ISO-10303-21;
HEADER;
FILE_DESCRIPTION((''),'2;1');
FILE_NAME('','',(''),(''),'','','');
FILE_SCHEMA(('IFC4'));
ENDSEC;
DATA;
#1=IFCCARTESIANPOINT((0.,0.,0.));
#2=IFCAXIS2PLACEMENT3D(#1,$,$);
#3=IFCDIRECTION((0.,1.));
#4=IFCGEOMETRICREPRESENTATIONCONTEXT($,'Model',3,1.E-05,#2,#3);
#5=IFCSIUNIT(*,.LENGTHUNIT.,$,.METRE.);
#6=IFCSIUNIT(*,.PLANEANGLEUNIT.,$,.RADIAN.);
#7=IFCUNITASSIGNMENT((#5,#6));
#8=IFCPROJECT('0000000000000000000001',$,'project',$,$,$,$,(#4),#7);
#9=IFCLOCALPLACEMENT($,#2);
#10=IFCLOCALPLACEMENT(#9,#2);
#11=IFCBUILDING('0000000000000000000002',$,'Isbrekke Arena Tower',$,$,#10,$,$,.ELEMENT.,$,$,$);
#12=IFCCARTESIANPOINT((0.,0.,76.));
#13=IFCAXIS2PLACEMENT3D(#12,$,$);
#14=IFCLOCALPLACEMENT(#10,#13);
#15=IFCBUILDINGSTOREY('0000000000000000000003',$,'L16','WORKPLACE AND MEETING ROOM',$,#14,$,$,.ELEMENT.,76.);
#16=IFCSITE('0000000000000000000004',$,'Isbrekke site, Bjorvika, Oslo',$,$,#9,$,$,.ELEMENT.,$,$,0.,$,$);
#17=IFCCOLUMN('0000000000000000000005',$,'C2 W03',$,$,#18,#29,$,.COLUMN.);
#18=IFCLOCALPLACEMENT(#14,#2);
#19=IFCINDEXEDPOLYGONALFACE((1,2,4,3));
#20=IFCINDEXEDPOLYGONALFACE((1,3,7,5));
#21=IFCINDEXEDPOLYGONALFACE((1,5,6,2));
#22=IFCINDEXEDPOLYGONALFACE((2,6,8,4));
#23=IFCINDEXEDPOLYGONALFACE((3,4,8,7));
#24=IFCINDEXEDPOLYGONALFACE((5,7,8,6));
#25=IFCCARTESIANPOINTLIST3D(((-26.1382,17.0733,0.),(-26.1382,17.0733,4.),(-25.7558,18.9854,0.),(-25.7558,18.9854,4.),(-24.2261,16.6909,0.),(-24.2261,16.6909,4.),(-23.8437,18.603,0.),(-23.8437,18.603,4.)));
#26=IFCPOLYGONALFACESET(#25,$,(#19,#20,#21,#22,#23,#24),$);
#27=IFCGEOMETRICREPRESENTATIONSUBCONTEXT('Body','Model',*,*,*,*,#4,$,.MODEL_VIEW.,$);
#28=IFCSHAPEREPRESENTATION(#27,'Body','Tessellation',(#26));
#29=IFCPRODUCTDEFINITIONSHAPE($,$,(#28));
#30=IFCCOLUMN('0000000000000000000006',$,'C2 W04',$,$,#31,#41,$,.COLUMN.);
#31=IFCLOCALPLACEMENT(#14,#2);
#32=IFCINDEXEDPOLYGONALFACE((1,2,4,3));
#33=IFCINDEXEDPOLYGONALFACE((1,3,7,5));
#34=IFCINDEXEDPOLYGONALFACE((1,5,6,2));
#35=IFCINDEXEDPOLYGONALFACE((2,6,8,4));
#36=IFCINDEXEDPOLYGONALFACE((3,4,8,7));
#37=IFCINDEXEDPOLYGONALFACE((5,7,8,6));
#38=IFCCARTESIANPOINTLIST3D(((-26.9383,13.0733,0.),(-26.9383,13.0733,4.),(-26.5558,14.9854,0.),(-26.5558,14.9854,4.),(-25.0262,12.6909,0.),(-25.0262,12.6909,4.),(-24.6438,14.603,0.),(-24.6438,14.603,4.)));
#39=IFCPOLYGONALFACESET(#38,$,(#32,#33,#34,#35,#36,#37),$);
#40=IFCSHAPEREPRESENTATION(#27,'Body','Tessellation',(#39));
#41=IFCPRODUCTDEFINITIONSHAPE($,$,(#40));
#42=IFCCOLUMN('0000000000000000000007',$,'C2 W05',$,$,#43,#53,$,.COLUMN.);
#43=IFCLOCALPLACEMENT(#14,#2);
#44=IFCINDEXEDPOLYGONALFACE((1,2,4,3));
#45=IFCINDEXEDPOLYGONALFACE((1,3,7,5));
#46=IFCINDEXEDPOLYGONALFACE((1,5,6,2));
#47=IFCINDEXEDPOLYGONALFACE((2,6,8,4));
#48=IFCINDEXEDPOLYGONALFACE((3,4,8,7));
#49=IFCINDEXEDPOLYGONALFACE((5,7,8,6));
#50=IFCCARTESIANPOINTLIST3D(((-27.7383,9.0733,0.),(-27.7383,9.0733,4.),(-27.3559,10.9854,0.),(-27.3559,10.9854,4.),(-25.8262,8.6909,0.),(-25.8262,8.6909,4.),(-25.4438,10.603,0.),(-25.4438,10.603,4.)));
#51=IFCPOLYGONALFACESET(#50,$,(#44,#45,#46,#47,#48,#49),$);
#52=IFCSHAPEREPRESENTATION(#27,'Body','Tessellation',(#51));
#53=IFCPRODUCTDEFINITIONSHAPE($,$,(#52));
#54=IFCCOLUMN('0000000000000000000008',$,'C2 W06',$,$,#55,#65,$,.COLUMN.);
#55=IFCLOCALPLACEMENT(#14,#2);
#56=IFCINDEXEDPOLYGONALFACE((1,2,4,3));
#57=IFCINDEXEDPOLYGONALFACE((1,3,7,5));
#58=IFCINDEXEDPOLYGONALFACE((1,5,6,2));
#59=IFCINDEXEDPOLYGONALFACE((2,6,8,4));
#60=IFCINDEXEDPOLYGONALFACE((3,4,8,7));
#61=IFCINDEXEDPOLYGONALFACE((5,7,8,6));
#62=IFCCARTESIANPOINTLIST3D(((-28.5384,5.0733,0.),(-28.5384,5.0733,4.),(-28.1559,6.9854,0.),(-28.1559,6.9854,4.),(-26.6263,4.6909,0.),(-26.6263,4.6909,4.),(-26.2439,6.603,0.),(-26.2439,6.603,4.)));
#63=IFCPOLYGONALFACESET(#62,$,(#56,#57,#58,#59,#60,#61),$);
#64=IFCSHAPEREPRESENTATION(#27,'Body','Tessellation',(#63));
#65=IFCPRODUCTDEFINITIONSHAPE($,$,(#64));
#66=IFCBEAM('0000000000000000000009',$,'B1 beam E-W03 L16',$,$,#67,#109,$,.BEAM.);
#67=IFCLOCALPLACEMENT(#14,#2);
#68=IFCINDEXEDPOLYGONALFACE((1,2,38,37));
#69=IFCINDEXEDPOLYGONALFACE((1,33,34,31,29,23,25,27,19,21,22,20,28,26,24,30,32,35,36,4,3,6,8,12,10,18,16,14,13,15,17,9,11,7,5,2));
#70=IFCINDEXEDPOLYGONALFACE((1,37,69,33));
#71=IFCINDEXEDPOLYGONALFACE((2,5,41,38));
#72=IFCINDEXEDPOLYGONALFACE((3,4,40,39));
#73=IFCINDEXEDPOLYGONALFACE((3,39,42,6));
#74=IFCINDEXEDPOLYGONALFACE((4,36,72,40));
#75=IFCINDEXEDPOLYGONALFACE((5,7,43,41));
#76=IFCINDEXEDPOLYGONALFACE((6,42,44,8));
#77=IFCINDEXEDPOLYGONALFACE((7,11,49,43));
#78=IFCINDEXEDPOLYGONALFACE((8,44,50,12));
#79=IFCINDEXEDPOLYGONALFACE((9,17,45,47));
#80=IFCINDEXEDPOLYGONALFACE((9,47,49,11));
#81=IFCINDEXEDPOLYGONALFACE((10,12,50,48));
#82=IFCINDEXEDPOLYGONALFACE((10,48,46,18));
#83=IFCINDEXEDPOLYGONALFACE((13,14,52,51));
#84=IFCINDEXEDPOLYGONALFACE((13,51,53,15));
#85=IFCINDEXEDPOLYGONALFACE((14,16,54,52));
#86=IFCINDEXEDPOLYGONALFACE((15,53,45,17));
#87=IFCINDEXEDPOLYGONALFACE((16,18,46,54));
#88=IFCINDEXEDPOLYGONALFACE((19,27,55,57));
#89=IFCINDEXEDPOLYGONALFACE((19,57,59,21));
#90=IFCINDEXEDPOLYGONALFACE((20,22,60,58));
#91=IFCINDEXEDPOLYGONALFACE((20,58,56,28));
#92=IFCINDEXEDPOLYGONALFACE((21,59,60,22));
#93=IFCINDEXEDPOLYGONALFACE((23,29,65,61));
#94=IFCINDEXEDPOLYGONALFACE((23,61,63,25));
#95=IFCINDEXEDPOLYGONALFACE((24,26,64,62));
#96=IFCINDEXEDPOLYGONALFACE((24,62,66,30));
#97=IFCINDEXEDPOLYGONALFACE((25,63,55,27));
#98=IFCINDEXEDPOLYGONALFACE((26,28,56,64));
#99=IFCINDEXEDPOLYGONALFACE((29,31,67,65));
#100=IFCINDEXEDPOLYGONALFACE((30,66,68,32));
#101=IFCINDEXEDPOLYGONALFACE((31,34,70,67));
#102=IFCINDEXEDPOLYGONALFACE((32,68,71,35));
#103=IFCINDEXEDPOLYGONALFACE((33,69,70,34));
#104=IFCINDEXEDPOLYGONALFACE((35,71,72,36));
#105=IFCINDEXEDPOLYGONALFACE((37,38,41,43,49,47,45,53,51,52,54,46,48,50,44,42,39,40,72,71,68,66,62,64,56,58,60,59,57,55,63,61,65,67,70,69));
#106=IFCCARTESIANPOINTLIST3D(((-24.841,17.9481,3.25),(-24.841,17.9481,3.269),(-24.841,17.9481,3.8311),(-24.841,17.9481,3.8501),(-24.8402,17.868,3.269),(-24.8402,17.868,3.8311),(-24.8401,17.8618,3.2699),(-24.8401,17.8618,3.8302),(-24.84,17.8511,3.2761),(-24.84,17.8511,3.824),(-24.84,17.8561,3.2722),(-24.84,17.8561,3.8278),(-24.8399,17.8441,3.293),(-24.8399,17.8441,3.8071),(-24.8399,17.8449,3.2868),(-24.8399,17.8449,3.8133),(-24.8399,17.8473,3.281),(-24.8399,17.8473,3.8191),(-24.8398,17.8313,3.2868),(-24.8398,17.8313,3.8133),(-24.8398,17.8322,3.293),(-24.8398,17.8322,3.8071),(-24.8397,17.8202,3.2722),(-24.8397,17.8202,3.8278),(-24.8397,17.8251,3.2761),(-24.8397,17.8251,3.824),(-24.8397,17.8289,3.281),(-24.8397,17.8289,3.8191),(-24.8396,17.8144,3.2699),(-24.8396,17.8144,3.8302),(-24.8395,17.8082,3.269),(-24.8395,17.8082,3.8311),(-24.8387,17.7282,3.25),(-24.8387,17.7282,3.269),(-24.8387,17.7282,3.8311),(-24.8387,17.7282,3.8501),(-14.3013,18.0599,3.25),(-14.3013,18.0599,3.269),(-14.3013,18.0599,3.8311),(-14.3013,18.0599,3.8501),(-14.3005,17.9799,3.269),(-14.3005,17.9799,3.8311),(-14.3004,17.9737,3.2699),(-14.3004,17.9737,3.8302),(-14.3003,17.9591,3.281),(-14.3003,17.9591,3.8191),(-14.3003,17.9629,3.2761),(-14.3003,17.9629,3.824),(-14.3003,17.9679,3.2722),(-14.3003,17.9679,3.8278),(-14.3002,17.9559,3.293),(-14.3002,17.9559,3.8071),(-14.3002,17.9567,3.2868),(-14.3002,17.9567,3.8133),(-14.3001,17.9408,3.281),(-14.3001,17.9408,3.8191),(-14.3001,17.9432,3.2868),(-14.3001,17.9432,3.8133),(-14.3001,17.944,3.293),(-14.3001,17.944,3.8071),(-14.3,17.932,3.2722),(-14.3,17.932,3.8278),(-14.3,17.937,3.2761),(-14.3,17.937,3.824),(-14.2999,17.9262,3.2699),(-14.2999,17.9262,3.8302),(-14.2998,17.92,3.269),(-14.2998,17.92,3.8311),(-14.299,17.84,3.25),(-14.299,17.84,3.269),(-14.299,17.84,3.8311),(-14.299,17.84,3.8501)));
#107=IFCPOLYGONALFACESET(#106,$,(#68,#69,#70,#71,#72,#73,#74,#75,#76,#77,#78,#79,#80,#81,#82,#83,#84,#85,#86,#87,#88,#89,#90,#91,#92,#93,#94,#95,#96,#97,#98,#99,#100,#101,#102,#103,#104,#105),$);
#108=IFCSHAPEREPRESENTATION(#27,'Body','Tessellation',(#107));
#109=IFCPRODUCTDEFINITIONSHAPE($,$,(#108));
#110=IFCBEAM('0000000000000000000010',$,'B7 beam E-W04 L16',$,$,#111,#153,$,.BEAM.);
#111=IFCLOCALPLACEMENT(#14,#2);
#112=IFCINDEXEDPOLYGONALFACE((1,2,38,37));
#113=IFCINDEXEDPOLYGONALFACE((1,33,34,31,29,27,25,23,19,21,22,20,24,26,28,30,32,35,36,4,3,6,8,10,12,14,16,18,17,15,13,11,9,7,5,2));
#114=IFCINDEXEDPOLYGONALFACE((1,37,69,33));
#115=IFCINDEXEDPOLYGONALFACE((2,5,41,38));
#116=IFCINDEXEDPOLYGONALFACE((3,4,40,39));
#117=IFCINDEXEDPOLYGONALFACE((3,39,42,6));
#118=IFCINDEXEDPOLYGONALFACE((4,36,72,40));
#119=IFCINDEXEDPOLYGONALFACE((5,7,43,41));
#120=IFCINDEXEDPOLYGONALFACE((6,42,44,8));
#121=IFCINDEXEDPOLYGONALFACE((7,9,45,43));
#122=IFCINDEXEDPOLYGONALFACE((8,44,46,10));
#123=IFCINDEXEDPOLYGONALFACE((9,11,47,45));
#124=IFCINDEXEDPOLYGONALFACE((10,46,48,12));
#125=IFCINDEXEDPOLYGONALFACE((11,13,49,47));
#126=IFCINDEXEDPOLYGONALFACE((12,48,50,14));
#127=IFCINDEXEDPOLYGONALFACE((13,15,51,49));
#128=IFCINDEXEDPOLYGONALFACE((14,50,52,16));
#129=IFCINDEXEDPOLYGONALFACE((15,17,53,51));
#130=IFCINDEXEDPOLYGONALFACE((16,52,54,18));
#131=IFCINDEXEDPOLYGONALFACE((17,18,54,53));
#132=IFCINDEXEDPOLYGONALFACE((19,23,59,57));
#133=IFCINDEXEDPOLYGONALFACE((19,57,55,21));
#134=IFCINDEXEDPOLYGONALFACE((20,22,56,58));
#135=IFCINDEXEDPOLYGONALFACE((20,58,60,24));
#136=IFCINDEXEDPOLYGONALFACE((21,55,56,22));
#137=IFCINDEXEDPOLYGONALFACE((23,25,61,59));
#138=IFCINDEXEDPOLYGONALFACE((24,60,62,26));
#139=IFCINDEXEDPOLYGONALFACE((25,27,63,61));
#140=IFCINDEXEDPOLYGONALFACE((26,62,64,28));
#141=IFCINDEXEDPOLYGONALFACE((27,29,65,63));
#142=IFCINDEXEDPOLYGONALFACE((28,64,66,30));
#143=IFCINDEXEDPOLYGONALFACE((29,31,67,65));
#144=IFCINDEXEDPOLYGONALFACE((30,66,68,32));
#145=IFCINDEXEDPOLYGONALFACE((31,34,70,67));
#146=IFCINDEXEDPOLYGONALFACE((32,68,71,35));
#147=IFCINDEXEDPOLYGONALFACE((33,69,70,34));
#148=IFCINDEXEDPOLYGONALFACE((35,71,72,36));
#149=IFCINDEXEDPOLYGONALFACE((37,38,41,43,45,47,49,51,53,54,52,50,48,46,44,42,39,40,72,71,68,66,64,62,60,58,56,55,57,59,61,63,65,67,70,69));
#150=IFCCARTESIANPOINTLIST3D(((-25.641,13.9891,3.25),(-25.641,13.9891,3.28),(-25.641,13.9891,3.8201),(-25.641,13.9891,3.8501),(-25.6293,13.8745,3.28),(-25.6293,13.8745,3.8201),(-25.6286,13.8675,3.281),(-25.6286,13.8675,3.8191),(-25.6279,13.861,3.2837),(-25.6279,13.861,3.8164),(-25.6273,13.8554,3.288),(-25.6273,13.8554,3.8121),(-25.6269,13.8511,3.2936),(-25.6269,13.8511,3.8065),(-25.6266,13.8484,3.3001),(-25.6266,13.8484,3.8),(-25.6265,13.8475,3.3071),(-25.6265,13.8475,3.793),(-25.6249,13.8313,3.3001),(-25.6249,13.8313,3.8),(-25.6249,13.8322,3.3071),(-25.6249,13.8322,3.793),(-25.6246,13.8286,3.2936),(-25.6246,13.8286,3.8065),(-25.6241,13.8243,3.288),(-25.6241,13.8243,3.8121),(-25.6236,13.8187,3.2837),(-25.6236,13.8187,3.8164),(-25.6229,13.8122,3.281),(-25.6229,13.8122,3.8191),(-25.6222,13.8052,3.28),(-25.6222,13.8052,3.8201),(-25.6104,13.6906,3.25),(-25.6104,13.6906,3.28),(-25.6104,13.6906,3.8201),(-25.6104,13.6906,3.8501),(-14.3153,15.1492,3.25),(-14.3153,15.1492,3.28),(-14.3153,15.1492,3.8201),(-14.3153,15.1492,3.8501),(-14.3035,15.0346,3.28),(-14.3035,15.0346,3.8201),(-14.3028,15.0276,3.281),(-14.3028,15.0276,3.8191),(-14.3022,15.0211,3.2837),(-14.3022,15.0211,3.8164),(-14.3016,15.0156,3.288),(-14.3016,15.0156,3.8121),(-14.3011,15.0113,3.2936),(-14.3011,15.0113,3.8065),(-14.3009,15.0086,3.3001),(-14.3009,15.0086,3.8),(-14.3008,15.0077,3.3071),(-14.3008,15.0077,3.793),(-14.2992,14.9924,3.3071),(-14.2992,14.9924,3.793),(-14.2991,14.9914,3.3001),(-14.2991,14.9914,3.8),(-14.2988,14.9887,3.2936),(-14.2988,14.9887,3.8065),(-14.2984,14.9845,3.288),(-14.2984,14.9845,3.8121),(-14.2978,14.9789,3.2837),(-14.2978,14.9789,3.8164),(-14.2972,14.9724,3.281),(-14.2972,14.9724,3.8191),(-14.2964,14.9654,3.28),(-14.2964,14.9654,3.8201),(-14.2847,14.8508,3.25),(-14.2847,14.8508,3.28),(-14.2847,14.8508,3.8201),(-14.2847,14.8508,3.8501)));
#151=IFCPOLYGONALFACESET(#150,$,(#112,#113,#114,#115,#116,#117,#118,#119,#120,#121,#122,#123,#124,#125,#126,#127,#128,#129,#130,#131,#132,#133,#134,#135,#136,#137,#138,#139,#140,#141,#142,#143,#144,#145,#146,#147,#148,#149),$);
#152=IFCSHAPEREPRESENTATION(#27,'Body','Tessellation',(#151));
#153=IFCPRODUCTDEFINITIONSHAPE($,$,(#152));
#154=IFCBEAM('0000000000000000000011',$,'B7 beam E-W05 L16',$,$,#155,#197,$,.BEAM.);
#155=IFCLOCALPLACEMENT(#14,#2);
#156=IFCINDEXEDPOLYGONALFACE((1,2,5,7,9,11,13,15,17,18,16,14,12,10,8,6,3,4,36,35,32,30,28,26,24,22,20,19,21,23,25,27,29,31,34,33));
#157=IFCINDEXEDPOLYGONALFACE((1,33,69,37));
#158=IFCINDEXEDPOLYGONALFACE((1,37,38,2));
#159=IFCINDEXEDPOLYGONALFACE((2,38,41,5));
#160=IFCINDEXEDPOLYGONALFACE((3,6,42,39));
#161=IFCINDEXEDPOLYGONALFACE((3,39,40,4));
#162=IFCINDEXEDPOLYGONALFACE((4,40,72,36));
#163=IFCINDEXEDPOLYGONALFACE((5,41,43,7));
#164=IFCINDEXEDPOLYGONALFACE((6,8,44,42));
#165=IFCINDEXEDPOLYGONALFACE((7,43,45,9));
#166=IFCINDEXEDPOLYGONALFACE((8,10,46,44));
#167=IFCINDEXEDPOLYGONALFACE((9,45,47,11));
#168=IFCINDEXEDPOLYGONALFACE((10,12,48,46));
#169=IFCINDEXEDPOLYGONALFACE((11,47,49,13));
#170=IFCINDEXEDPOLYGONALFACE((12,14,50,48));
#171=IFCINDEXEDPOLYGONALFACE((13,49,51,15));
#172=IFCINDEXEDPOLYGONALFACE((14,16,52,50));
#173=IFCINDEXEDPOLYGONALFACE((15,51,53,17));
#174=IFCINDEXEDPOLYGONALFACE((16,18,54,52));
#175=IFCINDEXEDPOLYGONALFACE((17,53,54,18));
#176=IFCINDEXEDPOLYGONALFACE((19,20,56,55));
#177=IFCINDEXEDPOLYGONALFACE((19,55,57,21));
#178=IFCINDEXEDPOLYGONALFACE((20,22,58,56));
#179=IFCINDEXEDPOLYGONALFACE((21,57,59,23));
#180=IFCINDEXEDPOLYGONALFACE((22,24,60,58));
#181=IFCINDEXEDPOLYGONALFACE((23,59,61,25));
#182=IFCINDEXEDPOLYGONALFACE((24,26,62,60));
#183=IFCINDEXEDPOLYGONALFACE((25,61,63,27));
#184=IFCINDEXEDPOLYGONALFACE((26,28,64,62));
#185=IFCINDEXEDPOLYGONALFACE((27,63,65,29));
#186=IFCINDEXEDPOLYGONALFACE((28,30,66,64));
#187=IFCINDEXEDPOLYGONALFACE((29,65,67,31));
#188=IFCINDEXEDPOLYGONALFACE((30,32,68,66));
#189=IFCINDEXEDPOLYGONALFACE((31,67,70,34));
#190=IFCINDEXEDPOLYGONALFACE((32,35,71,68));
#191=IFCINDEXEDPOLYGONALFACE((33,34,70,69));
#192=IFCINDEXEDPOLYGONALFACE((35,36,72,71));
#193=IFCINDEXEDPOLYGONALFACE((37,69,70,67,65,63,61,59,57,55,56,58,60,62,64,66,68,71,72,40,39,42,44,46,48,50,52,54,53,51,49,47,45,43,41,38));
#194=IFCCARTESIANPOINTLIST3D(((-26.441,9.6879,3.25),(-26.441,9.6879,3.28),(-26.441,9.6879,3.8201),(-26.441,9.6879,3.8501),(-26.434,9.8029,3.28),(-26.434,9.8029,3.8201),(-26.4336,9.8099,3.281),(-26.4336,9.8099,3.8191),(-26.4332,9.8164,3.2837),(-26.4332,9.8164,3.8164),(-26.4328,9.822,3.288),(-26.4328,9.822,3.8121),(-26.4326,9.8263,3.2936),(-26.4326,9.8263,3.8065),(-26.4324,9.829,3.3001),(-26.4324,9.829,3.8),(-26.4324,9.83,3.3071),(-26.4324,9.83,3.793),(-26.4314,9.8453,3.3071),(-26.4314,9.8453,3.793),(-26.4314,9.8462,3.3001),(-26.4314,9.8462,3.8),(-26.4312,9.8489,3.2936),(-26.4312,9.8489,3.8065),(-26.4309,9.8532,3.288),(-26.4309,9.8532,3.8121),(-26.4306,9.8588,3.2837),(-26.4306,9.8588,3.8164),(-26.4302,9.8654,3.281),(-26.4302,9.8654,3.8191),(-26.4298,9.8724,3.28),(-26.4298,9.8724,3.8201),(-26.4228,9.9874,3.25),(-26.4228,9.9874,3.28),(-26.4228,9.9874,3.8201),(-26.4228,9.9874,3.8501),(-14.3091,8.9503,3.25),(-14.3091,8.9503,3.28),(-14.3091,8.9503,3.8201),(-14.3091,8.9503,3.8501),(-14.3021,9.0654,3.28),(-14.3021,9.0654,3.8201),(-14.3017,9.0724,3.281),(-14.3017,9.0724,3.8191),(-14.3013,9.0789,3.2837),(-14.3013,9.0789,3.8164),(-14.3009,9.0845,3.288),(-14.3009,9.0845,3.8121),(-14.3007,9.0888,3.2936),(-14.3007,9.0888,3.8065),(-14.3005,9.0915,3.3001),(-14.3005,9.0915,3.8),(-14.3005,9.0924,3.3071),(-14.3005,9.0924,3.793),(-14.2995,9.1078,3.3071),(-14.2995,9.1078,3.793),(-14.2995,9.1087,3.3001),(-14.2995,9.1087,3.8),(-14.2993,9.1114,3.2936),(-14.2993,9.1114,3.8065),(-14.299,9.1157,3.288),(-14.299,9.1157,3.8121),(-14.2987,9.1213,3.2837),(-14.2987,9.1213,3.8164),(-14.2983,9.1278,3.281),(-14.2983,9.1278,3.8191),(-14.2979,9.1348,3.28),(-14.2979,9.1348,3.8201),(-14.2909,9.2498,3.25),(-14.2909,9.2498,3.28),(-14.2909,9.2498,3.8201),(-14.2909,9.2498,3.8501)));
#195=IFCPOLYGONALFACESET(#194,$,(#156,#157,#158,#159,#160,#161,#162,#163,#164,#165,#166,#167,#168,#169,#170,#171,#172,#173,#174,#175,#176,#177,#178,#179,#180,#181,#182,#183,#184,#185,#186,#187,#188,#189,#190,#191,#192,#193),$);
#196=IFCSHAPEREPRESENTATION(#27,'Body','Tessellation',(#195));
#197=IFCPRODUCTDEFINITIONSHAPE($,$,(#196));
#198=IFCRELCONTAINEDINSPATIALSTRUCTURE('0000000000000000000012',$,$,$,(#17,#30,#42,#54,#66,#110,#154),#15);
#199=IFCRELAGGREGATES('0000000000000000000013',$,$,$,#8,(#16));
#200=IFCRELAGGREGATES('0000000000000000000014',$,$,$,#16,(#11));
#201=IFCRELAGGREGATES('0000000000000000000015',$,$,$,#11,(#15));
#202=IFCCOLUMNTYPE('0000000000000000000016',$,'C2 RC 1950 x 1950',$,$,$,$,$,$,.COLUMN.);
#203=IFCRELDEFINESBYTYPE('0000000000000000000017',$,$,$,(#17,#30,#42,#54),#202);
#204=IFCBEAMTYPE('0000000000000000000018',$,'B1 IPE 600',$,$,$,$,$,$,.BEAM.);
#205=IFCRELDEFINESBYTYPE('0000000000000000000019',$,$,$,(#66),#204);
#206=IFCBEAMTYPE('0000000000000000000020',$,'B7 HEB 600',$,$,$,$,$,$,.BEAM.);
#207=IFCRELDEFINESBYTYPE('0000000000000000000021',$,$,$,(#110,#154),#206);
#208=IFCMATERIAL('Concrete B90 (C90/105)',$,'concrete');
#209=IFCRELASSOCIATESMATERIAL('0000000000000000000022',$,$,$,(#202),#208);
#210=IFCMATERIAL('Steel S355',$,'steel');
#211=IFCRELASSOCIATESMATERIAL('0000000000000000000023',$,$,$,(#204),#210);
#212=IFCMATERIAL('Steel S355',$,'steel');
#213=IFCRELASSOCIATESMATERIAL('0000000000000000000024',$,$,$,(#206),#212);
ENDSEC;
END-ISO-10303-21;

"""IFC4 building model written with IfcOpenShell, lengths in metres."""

from ifc_helpers import new_model, si_unit, direction, frame, origin, origin_2d, place, context, subcontext, project, spatial, rectangle, i_section, extrude, material, material_profile, profile_set, type_object, element, save


model = new_model("IFC4")

# Units and contexts
model_context = context("Model", 3, precision=1e-05, world=origin(), true_north=direction((0.0, 1.0)))
body_context = subcontext(model_context, "Body", "Model", "MODEL_VIEW")
ifc_project = project(units=[si_unit("LENGTHUNIT", "METRE"), si_unit("PLANEANGLEUNIT", "RADIAN")], contexts=[model_context])

# Site, building, storey
site_placement = place(None, origin())
site = spatial("IfcSite", under=ifc_project, at=site_placement, Name="Isbrekke site, Bjorvika, Oslo", CompositionType="ELEMENT", RefElevation=0.0)
building_placement = place(site_placement, origin())
building = spatial("IfcBuilding", under=site, at=building_placement, Name="Isbrekke Arena Tower", CompositionType="ELEMENT")
storey_placement = place(building_placement, frame((0.0, 0.0, 76.0)))
storey = spatial("IfcBuildingStorey", under=building, at=storey_placement, Name="L16", Description="WORKPLACE AND MEETING ROOM", CompositionType="ELEMENT", Elevation=76.0)

# Columns
ifc_material_1 = material(Name="Concrete B90 (C90/105)", Category="concrete")
ifc_material_profile_1 = material_profile(ifc_material_1, rectangle(XDim=1.95, YDim=1.95, at=origin_2d()), Name="RC 1950x1950")
ifc_profile_set_1 = profile_set([ifc_material_profile_1], Name="Concrete B90 (C90/105)")
column_type = type_object("IfcColumnType", Name="C2 RC 1950 x 1950", PredefinedType="COLUMN", material=ifc_profile_set_1)
for number, where, z_axis, x_axis, name in (
    (1, (-24.991, 17.8381, 0.0), (0.0, 0.0, 1.0), (-0.196116, -0.980581, 0.0), "C2 W03"),
    (2, (-25.791, 13.8381, 0.0), (0.0, 0.0, 1.0), (-0.196116, -0.980581, 0.0), "C2 W04"),
    (3, (-26.5911, 9.8381, 0.0), (0.0, 0.0, 1.0), (-0.196116, -0.980581, 0.0), "C2 W05"),
    (4, (-27.3911, 5.8381, 0.0), (0.0, 0.0, 1.0), (-0.196116, -0.980581, 0.0), "C2 W06"),
):
    element("IfcColumn", number, at=place(storey_placement, frame(where, z_axis=z_axis, x_axis=x_axis)), inside=storey, type_object=column_type, Name=name, PredefinedType="COLUMN", context=body_context, shape_type="SweptSolid", body=[
        extrude(rectangle(XDim=1.95, YDim=1.95, at=origin_2d()), origin(), (0.0, 0.0, 1.0), 4.0),
    ])

# Beams
ifc_material_2 = material(Name="Steel S355", Category="steel")
ifc_material_profile_2 = material_profile(ifc_material_2, i_section(OverallWidth=0.22, OverallDepth=0.6001, WebThickness=0.012, FlangeThickness=0.019, FilletRadius=0.0239, at=origin_2d()), Name="IPE 600")
ifc_profile_set_2 = profile_set([ifc_material_profile_2], Name="Steel S355")
beam_type_1 = type_object("IfcBeamType", Name="B1 IPE 600", PredefinedType="BEAM", material=ifc_profile_set_2)
beam_1_placement = place(storey_placement, frame((-24.8398, 17.8381, 3.55), z_axis=(0.999944, 0.010608, 0.0), x_axis=(-0.010608, 0.999944, 0.0)))
element("IfcBeam", 5, at=beam_1_placement, inside=storey, type_object=beam_type_1, Name="B1 beam E-W03 L16", PredefinedType="BEAM", context=body_context, shape_type="SweptSolid", body=[
    extrude(i_section(OverallWidth=0.22, OverallDepth=0.6001, WebThickness=0.012, FlangeThickness=0.019, FilletRadius=0.0239, at=origin_2d()), origin(), (0.0, 0.0, 1.0), 10.5403),
])
ifc_material_3 = material(Name="Steel S355", Category="steel")
ifc_material_profile_3 = material_profile(ifc_material_3, i_section(OverallWidth=0.3, OverallDepth=0.6001, WebThickness=0.0154, FlangeThickness=0.03, FilletRadius=0.0271, at=origin_2d()), Name="HEB 600")
ifc_profile_set_3 = profile_set([ifc_material_profile_3], Name="Steel S355")
beam_type_2 = type_object("IfcBeamType", Name="B7 HEB 600", PredefinedType="BEAM", material=ifc_profile_set_3)
beam_2_placement = place(storey_placement, frame((-25.6257, 13.8398, 3.55), z_axis=(0.994794, 0.101903, 0.0), x_axis=(-0.101903, 0.994794, 0.0)))
element("IfcBeam", 6, at=beam_2_placement, inside=storey, type_object=beam_type_2, Name="B7 beam E-W04 L16", PredefinedType="BEAM", context=body_context, shape_type="SweptSolid", body=[
    extrude(i_section(OverallWidth=0.3, OverallDepth=0.6001, WebThickness=0.0154, FlangeThickness=0.03, FilletRadius=0.0271, at=origin_2d()), origin(), (0.0, 0.0, 1.0), 11.385),
])
beam_3_placement = place(storey_placement, frame((-26.4319, 9.8376, 3.55), z_axis=(0.998157, -0.060682, 0.0), x_axis=(0.060682, 0.998157, 0.0)))
element("IfcBeam", 7, at=beam_3_placement, inside=storey, type_object=beam_type_2, Name="B7 beam E-W05 L16", PredefinedType="BEAM", context=body_context, shape_type="SweptSolid", body=[
    extrude(i_section(OverallWidth=0.3, OverallDepth=0.6001, WebThickness=0.0154, FlangeThickness=0.03, FilletRadius=0.0271, at=origin_2d()), origin(), (0.0, 0.0, 1.0), 12.1543),
])

save(model, "model.ifc")
